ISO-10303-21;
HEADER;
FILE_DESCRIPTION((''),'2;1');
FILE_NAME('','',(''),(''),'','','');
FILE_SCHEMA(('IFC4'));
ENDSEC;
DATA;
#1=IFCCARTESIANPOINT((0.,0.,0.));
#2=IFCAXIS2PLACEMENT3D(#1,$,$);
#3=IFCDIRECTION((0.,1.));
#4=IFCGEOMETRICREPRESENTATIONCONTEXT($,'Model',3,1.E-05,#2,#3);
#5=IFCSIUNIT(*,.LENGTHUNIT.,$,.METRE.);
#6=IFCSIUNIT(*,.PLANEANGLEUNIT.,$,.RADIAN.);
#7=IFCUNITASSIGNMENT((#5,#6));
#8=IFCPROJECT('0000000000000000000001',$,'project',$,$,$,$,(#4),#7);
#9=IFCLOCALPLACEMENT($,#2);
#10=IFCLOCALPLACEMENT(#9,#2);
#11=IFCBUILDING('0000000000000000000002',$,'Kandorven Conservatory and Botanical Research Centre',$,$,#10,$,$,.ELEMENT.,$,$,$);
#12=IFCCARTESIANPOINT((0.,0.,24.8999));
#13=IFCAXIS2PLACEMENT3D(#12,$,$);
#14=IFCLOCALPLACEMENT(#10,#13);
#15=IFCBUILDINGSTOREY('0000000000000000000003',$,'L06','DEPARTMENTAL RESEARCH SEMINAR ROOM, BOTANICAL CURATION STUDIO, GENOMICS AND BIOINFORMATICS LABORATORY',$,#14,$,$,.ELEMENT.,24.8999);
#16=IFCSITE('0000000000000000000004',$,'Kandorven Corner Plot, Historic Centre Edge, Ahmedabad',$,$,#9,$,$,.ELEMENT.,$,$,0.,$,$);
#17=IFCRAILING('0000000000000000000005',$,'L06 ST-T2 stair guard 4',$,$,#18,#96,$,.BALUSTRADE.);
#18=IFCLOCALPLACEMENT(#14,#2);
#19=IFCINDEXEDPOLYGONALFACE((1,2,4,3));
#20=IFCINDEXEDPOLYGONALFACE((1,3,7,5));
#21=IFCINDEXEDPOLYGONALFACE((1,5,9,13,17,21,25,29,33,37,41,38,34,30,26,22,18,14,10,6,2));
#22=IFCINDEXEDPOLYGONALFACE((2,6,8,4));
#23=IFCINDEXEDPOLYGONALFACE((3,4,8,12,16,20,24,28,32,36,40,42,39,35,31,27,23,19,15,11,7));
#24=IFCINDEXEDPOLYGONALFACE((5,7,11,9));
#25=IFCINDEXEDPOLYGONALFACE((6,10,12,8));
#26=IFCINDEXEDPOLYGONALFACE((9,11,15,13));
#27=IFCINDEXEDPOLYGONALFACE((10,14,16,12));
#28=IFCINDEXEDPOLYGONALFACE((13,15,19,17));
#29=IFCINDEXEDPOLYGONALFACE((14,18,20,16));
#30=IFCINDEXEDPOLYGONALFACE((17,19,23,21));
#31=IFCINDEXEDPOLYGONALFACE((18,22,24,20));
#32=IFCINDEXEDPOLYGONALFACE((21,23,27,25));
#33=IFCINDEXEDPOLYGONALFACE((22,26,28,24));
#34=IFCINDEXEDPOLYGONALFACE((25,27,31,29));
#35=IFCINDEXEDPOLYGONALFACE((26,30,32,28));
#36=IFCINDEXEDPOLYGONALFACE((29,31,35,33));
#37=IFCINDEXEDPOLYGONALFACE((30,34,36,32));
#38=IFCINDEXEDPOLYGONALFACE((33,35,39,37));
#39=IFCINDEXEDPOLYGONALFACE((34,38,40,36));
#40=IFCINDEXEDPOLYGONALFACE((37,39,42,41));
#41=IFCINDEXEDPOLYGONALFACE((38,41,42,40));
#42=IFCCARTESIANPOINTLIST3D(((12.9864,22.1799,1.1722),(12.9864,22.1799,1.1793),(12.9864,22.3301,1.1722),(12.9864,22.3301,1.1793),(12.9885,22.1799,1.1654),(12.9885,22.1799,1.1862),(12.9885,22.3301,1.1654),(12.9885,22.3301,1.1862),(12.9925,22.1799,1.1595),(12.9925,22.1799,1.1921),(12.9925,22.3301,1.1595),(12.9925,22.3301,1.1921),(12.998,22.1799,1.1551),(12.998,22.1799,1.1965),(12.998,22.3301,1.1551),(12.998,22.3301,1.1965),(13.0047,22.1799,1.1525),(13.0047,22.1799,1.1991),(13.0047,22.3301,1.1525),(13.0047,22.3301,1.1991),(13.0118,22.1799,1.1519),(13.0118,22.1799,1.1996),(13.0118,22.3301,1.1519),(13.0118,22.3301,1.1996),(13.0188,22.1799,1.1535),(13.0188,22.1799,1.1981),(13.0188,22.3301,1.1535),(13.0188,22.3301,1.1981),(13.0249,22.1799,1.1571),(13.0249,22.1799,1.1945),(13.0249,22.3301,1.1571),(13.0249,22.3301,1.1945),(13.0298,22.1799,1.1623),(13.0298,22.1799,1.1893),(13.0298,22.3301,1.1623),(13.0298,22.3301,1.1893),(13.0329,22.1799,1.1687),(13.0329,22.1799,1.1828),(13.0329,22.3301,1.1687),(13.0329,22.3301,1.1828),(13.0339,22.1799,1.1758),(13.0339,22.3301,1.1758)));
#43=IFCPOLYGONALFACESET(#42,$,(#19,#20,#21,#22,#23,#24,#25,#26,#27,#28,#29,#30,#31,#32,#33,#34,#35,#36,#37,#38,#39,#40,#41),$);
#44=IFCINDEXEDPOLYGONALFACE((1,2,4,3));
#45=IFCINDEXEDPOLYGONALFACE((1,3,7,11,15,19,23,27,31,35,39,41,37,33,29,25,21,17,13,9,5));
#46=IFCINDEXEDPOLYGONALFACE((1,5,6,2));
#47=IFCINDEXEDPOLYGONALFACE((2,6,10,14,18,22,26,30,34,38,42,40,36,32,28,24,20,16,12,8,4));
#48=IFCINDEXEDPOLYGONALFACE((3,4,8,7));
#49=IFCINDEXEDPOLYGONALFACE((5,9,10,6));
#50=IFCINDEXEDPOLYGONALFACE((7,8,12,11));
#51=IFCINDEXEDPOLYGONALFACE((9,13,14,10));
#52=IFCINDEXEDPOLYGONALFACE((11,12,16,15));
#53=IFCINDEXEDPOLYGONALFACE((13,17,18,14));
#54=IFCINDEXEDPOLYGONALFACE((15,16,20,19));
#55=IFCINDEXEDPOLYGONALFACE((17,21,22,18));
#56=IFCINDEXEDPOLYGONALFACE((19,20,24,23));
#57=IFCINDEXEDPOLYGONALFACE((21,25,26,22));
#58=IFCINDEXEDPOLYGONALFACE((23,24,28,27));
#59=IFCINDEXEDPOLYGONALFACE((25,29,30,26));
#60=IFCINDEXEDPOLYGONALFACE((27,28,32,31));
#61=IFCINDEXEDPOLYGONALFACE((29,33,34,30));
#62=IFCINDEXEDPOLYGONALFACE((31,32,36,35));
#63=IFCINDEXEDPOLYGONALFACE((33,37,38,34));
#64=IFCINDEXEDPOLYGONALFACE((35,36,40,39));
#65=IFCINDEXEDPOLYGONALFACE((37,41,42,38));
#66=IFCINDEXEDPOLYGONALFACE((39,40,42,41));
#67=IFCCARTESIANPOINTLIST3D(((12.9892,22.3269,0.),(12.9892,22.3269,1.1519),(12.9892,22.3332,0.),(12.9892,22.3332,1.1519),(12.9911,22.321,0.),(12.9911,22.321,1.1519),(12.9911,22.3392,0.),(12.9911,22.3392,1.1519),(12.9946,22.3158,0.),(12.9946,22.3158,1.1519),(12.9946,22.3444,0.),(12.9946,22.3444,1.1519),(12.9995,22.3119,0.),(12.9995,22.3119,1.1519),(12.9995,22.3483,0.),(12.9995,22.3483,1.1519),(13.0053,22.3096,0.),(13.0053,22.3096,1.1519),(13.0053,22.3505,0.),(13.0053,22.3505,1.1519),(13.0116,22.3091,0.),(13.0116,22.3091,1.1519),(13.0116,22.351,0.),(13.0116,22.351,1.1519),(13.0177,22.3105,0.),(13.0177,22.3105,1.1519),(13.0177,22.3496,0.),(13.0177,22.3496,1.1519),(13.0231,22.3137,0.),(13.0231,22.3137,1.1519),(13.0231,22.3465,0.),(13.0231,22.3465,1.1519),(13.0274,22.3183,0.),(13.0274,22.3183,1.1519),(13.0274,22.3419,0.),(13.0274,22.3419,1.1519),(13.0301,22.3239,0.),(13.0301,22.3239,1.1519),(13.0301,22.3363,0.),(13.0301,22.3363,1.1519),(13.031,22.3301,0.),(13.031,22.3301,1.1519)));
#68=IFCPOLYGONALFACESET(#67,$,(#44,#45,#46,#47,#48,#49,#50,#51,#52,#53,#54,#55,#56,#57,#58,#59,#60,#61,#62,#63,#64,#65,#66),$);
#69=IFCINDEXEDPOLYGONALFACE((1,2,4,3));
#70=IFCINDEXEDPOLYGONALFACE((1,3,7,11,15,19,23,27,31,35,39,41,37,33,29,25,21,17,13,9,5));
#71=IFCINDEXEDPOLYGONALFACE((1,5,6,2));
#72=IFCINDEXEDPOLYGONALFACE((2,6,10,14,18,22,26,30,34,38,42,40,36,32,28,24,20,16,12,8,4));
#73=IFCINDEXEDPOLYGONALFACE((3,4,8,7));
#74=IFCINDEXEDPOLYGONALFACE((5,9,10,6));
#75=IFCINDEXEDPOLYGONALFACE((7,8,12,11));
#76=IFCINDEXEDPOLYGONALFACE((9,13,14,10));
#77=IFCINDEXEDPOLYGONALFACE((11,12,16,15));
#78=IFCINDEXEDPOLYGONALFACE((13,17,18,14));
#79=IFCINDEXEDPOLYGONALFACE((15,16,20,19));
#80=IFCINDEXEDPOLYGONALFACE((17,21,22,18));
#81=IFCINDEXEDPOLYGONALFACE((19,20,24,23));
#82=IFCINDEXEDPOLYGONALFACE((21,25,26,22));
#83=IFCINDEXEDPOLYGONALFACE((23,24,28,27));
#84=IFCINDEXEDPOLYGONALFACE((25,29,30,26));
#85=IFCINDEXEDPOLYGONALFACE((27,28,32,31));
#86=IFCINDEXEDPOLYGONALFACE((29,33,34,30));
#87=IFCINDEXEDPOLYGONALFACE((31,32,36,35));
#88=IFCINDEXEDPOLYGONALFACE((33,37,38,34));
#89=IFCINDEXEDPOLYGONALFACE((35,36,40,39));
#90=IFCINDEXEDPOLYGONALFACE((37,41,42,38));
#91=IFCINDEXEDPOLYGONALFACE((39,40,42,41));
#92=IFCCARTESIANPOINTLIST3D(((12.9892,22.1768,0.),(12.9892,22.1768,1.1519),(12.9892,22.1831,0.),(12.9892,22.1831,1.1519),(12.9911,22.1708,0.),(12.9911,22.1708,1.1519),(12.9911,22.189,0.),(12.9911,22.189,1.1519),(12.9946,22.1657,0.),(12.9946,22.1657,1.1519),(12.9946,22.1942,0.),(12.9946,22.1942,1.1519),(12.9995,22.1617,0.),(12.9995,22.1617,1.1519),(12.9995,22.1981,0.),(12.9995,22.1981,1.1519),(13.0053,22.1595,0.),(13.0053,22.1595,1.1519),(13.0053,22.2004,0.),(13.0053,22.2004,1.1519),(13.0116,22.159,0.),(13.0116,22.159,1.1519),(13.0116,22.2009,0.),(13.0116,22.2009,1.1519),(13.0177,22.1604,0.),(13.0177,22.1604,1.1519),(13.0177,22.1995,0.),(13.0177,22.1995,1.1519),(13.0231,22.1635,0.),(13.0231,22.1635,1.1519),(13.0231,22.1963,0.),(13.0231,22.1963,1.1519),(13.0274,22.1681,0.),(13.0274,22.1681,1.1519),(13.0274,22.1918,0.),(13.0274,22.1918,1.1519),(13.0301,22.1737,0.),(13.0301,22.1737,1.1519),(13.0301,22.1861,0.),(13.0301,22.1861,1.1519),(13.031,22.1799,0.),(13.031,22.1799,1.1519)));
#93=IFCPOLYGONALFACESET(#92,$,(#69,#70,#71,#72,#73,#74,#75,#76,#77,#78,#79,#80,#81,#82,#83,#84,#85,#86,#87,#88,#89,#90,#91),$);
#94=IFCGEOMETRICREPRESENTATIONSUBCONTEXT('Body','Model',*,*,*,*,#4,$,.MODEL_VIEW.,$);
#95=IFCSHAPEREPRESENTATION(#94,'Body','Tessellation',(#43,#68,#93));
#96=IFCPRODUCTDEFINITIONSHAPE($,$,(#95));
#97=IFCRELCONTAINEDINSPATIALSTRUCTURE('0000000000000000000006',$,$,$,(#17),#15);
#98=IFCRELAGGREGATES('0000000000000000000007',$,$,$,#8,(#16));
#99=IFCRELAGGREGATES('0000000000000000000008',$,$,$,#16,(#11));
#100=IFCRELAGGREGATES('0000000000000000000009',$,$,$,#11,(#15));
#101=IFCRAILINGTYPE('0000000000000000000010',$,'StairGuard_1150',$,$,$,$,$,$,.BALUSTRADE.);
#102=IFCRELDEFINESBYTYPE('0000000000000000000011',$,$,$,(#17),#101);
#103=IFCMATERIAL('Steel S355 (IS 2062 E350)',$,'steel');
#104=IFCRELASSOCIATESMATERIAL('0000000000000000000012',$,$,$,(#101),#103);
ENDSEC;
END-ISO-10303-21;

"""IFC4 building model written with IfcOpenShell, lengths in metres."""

from ifc_helpers import new_model, si_unit, direction, frame, origin, origin_2d, place, context, subcontext, project, spatial, circle, extrude, material, type_object, element, save


model = new_model("IFC4")

# Units and contexts
model_context = context("Model", 3, precision=1e-05, world=origin(), true_north=direction((0.0, 1.0)))
body_context = subcontext(model_context, "Body", "Model", "MODEL_VIEW")
ifc_project = project(units=[si_unit("LENGTHUNIT", "METRE"), si_unit("PLANEANGLEUNIT", "RADIAN")], contexts=[model_context])

# Site, building, storey
site_placement = place(None, origin())
site = spatial("IfcSite", under=ifc_project, at=site_placement, Name="Kandorven Corner Plot, Historic Centre Edge, Ahmedabad", CompositionType="ELEMENT", RefElevation=0.0)
building_placement = place(site_placement, origin())
building = spatial("IfcBuilding", under=site, at=building_placement, Name="Kandorven Conservatory and Botanical Research Centre", CompositionType="ELEMENT")
storey_placement = place(building_placement, frame((0.0, 0.0, 24.8999)))
storey = spatial("IfcBuildingStorey", under=building, at=storey_placement, Name="L06", Description="DEPARTMENTAL RESEARCH SEMINAR ROOM, BOTANICAL CURATION STUDIO, GENOMICS AND BIOINFORMATICS LABORATORY", CompositionType="ELEMENT", Elevation=24.8999)

# Railing
ifc_material_1 = material(Name="Steel S355 (IS 2062 E350)", Category="steel")
railing_type_1 = type_object("IfcRailingType", Name="StairGuard_1150", PredefinedType="BALUSTRADE", material=ifc_material_1)
railing_1_placement = place(storey_placement, frame((13.01, 22.3301, 0.0)))
element("IfcRailing", 1, at=railing_1_placement, inside=storey, type_object=railing_type_1, Name="L06 ST-T2 stair guard 4", PredefinedType="BALUSTRADE", context=body_context, shape_type="SweptSolid", body=[
    extrude(circle(Radius=0.0239, at=origin_2d()), frame((0.0, 0.0, 1.1758), z_axis=(0.0, -1.0, 0.0), x_axis=(1.0, 0.0, 0.0)), (0.0, 0.0, 1.0), 0.1501),
    extrude(circle(Radius=0.021, at=origin_2d()), origin(), (0.0, 0.0, 1.0), 1.1519),
    extrude(circle(Radius=0.021, at=origin_2d()), frame((0.0, -0.1501, 0.0)), (0.0, 0.0, 1.0), 1.1519),
])

save(model, "model.ifc")
